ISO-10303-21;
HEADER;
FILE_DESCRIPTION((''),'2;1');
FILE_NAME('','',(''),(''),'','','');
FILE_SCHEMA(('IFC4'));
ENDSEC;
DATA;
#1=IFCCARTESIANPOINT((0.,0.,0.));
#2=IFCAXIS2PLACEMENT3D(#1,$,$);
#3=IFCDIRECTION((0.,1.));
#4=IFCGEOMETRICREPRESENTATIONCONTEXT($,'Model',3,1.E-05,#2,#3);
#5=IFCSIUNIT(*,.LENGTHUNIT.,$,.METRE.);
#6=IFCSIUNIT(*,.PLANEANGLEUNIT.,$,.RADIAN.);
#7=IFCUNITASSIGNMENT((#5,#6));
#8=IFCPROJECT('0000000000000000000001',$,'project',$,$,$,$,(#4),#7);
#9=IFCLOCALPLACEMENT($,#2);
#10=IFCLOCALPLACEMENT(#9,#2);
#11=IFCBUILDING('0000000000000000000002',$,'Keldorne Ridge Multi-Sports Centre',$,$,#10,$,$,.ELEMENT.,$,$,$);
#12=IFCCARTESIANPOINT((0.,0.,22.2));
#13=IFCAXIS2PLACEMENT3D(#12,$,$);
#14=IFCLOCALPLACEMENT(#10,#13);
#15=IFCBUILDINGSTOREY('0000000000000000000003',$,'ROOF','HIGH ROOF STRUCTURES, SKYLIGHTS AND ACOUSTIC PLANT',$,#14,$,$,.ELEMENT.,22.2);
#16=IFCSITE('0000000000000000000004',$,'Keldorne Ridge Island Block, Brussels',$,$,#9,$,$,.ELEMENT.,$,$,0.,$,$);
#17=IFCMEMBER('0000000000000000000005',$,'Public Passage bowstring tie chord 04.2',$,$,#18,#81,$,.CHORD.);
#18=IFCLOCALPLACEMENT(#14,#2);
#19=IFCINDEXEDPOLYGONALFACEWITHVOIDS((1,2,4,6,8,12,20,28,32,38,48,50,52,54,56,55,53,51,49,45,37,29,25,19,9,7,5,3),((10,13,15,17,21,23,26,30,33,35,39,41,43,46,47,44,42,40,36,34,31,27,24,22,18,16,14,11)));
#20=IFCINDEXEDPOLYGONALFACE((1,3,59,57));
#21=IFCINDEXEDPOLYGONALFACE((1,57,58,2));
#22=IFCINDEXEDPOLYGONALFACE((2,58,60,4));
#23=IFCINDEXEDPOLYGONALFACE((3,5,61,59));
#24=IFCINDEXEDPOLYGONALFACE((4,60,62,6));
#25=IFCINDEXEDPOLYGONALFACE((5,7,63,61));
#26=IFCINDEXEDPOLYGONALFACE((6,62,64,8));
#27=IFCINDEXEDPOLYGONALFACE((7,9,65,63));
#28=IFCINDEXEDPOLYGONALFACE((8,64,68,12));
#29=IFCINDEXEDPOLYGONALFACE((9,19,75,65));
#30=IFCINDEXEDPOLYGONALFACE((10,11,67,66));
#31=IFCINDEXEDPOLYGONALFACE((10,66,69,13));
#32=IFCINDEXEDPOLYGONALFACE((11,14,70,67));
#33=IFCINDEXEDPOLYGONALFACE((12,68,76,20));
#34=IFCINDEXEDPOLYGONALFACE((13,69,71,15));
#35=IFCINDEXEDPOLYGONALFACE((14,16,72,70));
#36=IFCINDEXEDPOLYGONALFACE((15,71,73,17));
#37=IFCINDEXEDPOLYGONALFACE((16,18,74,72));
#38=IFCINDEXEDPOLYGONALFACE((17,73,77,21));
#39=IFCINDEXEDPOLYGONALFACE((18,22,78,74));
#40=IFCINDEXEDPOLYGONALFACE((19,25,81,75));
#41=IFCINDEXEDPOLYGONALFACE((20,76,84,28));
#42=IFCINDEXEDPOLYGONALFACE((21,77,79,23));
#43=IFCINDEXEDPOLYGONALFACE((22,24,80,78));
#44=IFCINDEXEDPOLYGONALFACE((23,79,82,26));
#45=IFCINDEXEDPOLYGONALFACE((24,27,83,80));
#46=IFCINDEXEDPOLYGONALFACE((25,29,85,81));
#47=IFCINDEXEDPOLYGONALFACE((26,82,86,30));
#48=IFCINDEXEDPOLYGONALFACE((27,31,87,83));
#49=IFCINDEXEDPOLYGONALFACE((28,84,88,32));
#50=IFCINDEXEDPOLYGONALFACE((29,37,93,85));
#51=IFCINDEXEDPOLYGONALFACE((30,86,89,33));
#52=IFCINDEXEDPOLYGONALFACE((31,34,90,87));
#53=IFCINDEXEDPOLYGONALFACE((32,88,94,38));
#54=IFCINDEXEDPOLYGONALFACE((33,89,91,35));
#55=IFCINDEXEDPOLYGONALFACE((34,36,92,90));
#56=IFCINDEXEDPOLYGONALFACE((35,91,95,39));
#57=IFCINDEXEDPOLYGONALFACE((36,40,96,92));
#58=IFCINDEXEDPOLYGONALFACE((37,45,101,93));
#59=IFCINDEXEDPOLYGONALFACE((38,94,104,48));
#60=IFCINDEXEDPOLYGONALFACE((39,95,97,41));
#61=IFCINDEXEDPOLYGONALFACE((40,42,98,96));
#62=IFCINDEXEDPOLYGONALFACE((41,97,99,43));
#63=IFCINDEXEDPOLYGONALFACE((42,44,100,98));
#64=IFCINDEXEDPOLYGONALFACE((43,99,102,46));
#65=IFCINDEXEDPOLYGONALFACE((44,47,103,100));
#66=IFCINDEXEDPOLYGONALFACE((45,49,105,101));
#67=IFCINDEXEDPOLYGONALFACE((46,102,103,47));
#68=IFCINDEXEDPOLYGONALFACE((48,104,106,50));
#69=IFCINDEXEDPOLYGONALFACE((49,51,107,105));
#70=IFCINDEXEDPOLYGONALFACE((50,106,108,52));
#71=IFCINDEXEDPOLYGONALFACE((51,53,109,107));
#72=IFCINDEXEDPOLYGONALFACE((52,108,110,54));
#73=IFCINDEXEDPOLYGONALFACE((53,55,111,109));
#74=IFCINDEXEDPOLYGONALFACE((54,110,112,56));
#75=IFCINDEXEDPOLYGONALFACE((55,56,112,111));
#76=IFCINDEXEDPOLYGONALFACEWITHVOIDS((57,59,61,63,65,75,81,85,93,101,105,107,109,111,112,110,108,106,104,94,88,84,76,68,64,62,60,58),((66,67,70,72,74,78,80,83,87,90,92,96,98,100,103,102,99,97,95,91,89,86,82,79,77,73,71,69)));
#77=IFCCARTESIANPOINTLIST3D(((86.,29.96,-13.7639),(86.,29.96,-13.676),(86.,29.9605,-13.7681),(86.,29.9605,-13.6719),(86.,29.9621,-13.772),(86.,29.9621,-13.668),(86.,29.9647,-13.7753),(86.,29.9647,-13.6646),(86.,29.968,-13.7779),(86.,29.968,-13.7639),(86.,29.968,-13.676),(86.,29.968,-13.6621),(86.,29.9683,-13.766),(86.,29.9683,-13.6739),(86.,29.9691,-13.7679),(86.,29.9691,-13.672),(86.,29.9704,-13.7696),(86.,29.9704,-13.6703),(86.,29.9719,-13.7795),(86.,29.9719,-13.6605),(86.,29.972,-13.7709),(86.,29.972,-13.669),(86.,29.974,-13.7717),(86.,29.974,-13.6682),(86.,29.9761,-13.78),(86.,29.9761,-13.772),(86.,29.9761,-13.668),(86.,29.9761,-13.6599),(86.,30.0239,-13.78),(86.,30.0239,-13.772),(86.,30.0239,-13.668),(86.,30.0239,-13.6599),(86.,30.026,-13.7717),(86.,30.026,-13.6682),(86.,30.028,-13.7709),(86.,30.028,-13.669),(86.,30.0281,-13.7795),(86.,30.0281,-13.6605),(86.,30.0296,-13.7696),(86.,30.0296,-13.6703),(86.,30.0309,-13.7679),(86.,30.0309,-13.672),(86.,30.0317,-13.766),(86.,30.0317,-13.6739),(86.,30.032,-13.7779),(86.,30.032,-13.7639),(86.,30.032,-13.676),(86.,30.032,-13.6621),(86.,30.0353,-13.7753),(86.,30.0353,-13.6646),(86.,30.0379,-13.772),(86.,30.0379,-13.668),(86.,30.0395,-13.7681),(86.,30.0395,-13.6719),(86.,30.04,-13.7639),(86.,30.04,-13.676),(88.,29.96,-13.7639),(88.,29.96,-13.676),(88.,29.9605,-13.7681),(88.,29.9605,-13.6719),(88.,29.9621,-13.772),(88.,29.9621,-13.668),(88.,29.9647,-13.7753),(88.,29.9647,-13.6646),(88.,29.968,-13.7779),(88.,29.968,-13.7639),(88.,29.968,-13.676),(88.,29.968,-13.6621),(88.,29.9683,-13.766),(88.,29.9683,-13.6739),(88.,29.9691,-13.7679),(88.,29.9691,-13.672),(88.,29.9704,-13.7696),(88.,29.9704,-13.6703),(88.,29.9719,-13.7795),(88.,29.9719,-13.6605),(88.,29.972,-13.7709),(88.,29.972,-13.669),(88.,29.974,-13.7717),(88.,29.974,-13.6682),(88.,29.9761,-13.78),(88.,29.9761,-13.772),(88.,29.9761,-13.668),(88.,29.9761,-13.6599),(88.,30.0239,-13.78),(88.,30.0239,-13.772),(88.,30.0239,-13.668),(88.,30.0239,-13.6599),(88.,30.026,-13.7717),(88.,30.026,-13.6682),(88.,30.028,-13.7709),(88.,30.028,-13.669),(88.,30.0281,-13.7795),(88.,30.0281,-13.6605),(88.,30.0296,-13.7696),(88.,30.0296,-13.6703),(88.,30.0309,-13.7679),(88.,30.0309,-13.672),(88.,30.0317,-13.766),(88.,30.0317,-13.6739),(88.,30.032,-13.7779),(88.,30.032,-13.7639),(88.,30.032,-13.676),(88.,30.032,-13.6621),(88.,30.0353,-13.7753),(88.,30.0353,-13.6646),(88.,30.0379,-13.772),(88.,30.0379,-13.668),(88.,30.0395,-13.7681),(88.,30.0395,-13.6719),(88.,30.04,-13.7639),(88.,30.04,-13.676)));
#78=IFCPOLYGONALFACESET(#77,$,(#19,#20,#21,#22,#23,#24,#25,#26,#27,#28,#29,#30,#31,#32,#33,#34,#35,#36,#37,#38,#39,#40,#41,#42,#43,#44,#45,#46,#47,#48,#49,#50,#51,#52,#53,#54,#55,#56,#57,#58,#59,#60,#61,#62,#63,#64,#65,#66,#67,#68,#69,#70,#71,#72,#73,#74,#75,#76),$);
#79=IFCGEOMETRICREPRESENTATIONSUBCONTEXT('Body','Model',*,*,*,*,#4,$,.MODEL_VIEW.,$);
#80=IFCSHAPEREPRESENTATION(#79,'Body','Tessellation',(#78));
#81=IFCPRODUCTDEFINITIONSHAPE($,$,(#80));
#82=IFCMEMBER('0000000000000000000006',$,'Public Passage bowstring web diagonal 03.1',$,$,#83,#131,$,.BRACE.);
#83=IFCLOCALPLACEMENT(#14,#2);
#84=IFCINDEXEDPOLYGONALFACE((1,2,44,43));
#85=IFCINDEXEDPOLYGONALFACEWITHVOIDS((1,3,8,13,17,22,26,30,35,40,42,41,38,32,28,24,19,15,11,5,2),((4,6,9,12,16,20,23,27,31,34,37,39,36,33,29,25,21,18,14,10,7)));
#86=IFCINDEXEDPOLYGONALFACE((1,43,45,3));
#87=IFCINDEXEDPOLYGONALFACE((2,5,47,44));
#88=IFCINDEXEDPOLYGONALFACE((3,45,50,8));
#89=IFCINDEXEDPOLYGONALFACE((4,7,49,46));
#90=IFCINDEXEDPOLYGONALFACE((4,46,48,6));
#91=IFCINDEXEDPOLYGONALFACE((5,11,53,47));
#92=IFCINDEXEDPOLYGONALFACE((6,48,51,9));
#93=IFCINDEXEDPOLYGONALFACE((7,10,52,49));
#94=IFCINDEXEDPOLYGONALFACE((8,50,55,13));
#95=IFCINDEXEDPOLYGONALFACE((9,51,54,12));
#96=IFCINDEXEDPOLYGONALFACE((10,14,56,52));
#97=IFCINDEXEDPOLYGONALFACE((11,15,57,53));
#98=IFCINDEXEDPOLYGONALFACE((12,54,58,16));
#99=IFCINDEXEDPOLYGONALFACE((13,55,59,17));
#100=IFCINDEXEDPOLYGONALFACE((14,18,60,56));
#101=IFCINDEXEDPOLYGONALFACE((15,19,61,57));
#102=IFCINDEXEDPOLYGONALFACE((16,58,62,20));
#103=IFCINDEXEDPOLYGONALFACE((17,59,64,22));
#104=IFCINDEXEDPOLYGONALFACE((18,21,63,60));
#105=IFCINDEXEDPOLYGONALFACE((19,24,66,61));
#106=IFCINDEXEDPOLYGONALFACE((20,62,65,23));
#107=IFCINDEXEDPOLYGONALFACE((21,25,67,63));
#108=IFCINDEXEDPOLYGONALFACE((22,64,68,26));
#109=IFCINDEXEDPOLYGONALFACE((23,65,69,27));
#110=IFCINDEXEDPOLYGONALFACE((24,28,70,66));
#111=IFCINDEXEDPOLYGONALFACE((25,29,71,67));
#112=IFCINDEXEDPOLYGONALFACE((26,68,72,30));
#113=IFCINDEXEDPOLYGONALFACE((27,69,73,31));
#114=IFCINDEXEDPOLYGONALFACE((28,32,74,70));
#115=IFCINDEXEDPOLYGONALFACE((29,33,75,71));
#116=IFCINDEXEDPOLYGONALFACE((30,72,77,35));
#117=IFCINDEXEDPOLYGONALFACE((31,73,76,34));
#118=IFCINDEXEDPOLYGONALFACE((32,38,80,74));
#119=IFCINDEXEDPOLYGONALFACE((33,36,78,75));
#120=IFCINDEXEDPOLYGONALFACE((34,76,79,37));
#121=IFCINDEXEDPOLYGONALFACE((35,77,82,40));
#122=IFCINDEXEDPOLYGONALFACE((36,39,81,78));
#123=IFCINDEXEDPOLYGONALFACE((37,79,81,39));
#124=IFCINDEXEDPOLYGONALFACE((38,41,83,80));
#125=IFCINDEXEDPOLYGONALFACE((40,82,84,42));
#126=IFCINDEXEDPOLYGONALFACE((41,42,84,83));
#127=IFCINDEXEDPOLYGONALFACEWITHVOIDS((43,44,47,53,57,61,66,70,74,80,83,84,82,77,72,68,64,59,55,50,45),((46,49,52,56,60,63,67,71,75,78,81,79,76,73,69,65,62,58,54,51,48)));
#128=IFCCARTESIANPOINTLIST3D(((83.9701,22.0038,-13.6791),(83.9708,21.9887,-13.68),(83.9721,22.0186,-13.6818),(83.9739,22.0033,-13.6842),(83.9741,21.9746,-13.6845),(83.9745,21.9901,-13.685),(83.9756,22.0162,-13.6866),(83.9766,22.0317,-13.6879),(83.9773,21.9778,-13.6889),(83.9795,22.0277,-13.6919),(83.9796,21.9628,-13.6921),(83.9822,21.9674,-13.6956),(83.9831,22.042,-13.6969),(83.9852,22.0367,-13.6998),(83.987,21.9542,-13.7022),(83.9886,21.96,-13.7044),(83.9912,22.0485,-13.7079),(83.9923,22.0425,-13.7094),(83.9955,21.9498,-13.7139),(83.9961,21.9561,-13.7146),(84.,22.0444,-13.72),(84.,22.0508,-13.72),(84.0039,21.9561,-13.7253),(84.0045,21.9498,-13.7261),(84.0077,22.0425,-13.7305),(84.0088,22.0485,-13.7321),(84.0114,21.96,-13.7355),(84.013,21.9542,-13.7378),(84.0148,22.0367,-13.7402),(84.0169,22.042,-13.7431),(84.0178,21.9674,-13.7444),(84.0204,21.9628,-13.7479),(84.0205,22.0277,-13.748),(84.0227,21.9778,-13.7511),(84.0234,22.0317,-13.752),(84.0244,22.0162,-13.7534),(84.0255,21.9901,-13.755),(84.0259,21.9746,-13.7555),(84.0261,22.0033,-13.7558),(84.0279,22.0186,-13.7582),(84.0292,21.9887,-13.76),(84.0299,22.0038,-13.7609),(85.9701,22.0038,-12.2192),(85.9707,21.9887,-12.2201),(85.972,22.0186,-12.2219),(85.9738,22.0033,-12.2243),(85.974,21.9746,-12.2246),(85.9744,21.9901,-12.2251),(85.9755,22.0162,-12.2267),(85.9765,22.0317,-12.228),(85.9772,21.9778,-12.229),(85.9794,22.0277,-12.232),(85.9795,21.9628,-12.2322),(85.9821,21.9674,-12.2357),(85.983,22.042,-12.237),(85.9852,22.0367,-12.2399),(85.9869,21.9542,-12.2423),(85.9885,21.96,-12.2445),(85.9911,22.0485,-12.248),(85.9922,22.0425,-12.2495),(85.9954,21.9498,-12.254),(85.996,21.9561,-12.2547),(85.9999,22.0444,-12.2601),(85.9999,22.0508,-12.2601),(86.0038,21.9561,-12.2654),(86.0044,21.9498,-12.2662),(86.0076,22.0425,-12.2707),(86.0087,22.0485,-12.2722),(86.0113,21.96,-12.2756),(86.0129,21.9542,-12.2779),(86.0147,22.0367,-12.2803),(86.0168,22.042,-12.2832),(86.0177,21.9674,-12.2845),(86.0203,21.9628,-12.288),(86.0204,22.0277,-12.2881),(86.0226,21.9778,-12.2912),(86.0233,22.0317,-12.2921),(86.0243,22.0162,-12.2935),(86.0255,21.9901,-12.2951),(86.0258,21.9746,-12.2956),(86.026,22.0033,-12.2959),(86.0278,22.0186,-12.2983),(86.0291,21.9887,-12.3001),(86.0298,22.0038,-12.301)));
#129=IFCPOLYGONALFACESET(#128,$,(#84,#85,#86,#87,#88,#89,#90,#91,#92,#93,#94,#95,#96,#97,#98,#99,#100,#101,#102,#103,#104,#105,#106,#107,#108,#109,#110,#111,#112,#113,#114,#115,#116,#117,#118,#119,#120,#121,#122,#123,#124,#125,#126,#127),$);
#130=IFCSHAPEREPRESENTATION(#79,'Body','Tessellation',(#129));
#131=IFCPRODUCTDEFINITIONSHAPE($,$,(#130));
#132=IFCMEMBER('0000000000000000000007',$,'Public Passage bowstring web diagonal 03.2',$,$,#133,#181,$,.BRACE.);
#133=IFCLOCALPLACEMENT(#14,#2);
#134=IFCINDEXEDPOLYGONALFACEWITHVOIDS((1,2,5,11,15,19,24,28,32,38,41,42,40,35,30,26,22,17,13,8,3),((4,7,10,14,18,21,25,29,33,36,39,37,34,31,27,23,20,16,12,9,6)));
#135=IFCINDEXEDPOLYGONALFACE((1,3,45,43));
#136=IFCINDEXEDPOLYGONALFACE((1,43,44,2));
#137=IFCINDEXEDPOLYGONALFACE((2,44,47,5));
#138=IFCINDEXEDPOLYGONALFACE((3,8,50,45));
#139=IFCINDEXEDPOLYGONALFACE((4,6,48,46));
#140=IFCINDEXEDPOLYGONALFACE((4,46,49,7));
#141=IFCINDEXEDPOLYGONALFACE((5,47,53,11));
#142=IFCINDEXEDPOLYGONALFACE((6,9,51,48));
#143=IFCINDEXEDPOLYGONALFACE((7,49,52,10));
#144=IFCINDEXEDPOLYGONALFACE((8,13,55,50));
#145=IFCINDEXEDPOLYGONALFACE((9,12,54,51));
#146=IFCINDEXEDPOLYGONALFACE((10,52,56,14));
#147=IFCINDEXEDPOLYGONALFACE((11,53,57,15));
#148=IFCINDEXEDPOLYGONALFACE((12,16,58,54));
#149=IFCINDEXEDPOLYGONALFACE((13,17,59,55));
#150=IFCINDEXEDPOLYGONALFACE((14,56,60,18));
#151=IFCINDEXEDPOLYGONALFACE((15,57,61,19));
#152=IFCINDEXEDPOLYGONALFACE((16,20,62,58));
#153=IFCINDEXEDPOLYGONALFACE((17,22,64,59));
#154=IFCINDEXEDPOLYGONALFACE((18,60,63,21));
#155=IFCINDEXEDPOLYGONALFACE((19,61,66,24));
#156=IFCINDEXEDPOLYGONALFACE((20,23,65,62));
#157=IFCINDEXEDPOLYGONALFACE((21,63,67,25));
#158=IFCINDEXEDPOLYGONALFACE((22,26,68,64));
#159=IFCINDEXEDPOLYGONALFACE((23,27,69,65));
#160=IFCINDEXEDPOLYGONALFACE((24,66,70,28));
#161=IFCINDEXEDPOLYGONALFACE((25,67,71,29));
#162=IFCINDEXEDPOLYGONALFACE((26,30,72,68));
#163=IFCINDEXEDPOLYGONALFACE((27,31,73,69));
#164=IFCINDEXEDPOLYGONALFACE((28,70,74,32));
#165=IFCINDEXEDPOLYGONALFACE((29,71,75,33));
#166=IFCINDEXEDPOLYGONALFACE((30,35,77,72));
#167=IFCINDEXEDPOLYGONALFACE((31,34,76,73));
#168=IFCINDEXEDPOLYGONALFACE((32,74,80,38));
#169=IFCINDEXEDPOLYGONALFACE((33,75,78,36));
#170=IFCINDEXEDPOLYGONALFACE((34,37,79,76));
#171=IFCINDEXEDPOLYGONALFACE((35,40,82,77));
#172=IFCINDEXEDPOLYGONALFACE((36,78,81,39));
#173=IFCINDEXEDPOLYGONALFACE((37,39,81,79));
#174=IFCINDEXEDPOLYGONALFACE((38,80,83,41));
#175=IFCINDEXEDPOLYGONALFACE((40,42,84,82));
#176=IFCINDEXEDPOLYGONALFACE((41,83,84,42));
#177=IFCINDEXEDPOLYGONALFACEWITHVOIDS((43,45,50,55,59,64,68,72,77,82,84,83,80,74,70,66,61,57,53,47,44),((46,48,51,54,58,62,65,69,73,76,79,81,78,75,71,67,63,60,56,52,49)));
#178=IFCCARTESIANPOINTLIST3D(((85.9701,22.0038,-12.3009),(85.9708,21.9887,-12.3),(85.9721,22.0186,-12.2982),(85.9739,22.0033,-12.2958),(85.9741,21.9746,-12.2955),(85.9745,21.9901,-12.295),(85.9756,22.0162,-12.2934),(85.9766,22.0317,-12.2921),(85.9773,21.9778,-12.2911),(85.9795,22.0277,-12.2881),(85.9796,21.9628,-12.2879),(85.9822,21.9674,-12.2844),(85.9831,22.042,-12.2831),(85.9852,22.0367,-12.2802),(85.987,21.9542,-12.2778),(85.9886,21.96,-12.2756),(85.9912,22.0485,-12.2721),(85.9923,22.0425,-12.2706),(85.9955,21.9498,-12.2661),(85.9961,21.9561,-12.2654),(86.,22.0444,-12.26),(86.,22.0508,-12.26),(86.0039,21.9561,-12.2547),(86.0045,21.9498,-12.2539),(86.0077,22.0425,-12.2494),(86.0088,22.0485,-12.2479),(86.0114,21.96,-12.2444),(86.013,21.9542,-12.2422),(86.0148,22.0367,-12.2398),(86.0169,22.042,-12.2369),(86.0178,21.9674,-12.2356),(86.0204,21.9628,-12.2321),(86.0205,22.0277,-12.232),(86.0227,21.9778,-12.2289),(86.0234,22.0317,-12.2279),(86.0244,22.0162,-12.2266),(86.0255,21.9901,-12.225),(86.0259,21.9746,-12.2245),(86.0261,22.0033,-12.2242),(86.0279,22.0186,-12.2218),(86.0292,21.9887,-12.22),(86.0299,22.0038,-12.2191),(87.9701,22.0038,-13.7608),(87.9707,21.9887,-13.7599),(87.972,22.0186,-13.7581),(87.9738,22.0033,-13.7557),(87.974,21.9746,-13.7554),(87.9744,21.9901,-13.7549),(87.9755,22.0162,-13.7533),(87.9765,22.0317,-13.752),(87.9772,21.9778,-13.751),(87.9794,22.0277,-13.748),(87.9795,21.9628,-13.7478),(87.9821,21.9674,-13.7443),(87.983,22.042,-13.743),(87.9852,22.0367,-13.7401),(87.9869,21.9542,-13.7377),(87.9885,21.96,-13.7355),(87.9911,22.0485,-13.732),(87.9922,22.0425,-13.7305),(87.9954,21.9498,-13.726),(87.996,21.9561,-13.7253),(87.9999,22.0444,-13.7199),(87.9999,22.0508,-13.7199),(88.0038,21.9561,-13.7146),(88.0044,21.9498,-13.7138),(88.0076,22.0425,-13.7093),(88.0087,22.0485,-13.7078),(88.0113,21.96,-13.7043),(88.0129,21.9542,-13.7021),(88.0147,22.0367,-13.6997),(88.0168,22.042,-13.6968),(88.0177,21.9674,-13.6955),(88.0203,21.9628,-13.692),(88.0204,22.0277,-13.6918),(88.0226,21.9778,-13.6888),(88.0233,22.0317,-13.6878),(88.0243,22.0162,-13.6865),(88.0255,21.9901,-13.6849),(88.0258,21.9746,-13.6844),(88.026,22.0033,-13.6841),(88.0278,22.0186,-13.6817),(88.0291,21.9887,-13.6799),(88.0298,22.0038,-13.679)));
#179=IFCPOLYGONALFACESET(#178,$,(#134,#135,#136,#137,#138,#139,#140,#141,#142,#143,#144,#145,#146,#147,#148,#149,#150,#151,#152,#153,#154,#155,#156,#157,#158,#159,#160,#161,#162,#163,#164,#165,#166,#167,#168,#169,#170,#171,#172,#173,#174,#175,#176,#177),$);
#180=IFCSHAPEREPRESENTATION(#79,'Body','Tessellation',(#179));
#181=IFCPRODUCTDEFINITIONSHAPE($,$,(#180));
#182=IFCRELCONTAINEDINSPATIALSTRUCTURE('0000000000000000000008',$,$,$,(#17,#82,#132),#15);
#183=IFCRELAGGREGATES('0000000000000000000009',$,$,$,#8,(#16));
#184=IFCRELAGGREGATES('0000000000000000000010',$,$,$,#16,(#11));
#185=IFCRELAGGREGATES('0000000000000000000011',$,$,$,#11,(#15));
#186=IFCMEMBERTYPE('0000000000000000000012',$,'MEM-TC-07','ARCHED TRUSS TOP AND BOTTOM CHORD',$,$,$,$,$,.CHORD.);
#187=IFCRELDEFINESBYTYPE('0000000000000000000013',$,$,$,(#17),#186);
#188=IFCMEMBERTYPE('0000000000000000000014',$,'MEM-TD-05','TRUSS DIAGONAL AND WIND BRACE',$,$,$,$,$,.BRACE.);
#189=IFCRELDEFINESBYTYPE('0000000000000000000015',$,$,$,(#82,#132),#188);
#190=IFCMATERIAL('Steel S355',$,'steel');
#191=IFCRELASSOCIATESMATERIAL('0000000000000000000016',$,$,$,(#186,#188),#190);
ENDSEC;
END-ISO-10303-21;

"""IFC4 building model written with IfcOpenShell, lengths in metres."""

from ifc_helpers import new_model, si_unit, direction, frame, origin, origin_2d, place, context, subcontext, project, spatial, hollow_rectangle, hollow_circle, extrude, material, material_profile, profile_set, type_object, element, save


model = new_model("IFC4")

# Units and contexts
model_context = context("Model", 3, precision=1e-05, world=origin(), true_north=direction((0.0, 1.0)))
body_context = subcontext(model_context, "Body", "Model", "MODEL_VIEW")
ifc_project = project(units=[si_unit("LENGTHUNIT", "METRE"), si_unit("PLANEANGLEUNIT", "RADIAN")], contexts=[model_context])

# Site, building, storey
site_placement = place(None, origin())
site = spatial("IfcSite", under=ifc_project, at=site_placement, Name="Keldorne Ridge Island Block, Brussels", CompositionType="ELEMENT", RefElevation=0.0)
building_placement = place(site_placement, origin())
building = spatial("IfcBuilding", under=site, at=building_placement, Name="Keldorne Ridge Multi-Sports Centre", CompositionType="ELEMENT")
storey_placement = place(building_placement, frame((0.0, 0.0, 22.2)))
storey = spatial("IfcBuildingStorey", under=building, at=storey_placement, Name="ROOF", Description="HIGH ROOF STRUCTURES, SKYLIGHTS AND ACOUSTIC PLANT", CompositionType="ELEMENT", Elevation=22.2)

# Members
ifc_material = material(Name="Steel S355", Category="steel")
ifc_material_profile_1 = material_profile(ifc_material, hollow_rectangle(XDim=0.0801, YDim=0.1201, WallThickness=0.0081, InnerFilletRadius=0.0081, OuterFilletRadius=0.0161, at=origin_2d()), Name="RHS 120x80x8")
ifc_profile_set_1 = profile_set([ifc_material_profile_1], Name="Steel S355")
member_type_1 = type_object("IfcMemberType", Name="MEM-TC-07", Description="ARCHED TRUSS TOP AND BOTTOM CHORD", PredefinedType="CHORD", material=ifc_profile_set_1)
for number, where, z_axis, x_axis, name in (
    (1, (86.0, 30.0, -13.72), (1.0, 0.0, 0.0), (0.0, 1.0, 0.0), "Public Passage bowstring tie chord 04.2"),
):
    element("IfcMember", number, at=place(storey_placement, frame(where, z_axis=z_axis, x_axis=x_axis)), inside=storey, type_object=member_type_1, Name=name, PredefinedType="CHORD", context=body_context, shape_type="SweptSolid", body=[
        extrude(hollow_rectangle(XDim=0.0801, YDim=0.1201, WallThickness=0.0081, InnerFilletRadius=0.0081, OuterFilletRadius=0.0161, at=origin_2d()), origin(), (0.0, 0.0, 1.0), 2.0),
    ])
ifc_material_profile_2 = material_profile(ifc_material, hollow_circle(Radius=0.0508, WallThickness=0.0063, at=origin_2d()), Name="CHS 101.6x6.3")
ifc_profile_set_2 = profile_set([ifc_material_profile_2], Name="Steel S355")
member_type_2 = type_object("IfcMemberType", Name="MEM-TD-05", Description="TRUSS DIAGONAL AND WIND BRACE", PredefinedType="BRACE", material=ifc_profile_set_2)
for number, where, z_axis, x_axis, name in (
    (2, (84.0, 22.0, -13.72), (0.807695, 0.0, 0.589601), (0.0, 1.0, 0.0), "Public Passage bowstring web diagonal 03.1"),
    (3, (86.0, 22.0, -12.26), (0.807695, 0.0, -0.589601), (0.0, 1.0, 0.0), "Public Passage bowstring web diagonal 03.2"),
):
    element("IfcMember", number, at=place(storey_placement, frame(where, z_axis=z_axis, x_axis=x_axis)), inside=storey, type_object=member_type_2, Name=name, PredefinedType="BRACE", context=body_context, shape_type="SweptSolid", body=[
        extrude(hollow_circle(Radius=0.0508, WallThickness=0.0063, at=origin_2d()), origin(), (0.0, 0.0, 1.0), 2.4761),
    ])

save(model, "model.ifc")
